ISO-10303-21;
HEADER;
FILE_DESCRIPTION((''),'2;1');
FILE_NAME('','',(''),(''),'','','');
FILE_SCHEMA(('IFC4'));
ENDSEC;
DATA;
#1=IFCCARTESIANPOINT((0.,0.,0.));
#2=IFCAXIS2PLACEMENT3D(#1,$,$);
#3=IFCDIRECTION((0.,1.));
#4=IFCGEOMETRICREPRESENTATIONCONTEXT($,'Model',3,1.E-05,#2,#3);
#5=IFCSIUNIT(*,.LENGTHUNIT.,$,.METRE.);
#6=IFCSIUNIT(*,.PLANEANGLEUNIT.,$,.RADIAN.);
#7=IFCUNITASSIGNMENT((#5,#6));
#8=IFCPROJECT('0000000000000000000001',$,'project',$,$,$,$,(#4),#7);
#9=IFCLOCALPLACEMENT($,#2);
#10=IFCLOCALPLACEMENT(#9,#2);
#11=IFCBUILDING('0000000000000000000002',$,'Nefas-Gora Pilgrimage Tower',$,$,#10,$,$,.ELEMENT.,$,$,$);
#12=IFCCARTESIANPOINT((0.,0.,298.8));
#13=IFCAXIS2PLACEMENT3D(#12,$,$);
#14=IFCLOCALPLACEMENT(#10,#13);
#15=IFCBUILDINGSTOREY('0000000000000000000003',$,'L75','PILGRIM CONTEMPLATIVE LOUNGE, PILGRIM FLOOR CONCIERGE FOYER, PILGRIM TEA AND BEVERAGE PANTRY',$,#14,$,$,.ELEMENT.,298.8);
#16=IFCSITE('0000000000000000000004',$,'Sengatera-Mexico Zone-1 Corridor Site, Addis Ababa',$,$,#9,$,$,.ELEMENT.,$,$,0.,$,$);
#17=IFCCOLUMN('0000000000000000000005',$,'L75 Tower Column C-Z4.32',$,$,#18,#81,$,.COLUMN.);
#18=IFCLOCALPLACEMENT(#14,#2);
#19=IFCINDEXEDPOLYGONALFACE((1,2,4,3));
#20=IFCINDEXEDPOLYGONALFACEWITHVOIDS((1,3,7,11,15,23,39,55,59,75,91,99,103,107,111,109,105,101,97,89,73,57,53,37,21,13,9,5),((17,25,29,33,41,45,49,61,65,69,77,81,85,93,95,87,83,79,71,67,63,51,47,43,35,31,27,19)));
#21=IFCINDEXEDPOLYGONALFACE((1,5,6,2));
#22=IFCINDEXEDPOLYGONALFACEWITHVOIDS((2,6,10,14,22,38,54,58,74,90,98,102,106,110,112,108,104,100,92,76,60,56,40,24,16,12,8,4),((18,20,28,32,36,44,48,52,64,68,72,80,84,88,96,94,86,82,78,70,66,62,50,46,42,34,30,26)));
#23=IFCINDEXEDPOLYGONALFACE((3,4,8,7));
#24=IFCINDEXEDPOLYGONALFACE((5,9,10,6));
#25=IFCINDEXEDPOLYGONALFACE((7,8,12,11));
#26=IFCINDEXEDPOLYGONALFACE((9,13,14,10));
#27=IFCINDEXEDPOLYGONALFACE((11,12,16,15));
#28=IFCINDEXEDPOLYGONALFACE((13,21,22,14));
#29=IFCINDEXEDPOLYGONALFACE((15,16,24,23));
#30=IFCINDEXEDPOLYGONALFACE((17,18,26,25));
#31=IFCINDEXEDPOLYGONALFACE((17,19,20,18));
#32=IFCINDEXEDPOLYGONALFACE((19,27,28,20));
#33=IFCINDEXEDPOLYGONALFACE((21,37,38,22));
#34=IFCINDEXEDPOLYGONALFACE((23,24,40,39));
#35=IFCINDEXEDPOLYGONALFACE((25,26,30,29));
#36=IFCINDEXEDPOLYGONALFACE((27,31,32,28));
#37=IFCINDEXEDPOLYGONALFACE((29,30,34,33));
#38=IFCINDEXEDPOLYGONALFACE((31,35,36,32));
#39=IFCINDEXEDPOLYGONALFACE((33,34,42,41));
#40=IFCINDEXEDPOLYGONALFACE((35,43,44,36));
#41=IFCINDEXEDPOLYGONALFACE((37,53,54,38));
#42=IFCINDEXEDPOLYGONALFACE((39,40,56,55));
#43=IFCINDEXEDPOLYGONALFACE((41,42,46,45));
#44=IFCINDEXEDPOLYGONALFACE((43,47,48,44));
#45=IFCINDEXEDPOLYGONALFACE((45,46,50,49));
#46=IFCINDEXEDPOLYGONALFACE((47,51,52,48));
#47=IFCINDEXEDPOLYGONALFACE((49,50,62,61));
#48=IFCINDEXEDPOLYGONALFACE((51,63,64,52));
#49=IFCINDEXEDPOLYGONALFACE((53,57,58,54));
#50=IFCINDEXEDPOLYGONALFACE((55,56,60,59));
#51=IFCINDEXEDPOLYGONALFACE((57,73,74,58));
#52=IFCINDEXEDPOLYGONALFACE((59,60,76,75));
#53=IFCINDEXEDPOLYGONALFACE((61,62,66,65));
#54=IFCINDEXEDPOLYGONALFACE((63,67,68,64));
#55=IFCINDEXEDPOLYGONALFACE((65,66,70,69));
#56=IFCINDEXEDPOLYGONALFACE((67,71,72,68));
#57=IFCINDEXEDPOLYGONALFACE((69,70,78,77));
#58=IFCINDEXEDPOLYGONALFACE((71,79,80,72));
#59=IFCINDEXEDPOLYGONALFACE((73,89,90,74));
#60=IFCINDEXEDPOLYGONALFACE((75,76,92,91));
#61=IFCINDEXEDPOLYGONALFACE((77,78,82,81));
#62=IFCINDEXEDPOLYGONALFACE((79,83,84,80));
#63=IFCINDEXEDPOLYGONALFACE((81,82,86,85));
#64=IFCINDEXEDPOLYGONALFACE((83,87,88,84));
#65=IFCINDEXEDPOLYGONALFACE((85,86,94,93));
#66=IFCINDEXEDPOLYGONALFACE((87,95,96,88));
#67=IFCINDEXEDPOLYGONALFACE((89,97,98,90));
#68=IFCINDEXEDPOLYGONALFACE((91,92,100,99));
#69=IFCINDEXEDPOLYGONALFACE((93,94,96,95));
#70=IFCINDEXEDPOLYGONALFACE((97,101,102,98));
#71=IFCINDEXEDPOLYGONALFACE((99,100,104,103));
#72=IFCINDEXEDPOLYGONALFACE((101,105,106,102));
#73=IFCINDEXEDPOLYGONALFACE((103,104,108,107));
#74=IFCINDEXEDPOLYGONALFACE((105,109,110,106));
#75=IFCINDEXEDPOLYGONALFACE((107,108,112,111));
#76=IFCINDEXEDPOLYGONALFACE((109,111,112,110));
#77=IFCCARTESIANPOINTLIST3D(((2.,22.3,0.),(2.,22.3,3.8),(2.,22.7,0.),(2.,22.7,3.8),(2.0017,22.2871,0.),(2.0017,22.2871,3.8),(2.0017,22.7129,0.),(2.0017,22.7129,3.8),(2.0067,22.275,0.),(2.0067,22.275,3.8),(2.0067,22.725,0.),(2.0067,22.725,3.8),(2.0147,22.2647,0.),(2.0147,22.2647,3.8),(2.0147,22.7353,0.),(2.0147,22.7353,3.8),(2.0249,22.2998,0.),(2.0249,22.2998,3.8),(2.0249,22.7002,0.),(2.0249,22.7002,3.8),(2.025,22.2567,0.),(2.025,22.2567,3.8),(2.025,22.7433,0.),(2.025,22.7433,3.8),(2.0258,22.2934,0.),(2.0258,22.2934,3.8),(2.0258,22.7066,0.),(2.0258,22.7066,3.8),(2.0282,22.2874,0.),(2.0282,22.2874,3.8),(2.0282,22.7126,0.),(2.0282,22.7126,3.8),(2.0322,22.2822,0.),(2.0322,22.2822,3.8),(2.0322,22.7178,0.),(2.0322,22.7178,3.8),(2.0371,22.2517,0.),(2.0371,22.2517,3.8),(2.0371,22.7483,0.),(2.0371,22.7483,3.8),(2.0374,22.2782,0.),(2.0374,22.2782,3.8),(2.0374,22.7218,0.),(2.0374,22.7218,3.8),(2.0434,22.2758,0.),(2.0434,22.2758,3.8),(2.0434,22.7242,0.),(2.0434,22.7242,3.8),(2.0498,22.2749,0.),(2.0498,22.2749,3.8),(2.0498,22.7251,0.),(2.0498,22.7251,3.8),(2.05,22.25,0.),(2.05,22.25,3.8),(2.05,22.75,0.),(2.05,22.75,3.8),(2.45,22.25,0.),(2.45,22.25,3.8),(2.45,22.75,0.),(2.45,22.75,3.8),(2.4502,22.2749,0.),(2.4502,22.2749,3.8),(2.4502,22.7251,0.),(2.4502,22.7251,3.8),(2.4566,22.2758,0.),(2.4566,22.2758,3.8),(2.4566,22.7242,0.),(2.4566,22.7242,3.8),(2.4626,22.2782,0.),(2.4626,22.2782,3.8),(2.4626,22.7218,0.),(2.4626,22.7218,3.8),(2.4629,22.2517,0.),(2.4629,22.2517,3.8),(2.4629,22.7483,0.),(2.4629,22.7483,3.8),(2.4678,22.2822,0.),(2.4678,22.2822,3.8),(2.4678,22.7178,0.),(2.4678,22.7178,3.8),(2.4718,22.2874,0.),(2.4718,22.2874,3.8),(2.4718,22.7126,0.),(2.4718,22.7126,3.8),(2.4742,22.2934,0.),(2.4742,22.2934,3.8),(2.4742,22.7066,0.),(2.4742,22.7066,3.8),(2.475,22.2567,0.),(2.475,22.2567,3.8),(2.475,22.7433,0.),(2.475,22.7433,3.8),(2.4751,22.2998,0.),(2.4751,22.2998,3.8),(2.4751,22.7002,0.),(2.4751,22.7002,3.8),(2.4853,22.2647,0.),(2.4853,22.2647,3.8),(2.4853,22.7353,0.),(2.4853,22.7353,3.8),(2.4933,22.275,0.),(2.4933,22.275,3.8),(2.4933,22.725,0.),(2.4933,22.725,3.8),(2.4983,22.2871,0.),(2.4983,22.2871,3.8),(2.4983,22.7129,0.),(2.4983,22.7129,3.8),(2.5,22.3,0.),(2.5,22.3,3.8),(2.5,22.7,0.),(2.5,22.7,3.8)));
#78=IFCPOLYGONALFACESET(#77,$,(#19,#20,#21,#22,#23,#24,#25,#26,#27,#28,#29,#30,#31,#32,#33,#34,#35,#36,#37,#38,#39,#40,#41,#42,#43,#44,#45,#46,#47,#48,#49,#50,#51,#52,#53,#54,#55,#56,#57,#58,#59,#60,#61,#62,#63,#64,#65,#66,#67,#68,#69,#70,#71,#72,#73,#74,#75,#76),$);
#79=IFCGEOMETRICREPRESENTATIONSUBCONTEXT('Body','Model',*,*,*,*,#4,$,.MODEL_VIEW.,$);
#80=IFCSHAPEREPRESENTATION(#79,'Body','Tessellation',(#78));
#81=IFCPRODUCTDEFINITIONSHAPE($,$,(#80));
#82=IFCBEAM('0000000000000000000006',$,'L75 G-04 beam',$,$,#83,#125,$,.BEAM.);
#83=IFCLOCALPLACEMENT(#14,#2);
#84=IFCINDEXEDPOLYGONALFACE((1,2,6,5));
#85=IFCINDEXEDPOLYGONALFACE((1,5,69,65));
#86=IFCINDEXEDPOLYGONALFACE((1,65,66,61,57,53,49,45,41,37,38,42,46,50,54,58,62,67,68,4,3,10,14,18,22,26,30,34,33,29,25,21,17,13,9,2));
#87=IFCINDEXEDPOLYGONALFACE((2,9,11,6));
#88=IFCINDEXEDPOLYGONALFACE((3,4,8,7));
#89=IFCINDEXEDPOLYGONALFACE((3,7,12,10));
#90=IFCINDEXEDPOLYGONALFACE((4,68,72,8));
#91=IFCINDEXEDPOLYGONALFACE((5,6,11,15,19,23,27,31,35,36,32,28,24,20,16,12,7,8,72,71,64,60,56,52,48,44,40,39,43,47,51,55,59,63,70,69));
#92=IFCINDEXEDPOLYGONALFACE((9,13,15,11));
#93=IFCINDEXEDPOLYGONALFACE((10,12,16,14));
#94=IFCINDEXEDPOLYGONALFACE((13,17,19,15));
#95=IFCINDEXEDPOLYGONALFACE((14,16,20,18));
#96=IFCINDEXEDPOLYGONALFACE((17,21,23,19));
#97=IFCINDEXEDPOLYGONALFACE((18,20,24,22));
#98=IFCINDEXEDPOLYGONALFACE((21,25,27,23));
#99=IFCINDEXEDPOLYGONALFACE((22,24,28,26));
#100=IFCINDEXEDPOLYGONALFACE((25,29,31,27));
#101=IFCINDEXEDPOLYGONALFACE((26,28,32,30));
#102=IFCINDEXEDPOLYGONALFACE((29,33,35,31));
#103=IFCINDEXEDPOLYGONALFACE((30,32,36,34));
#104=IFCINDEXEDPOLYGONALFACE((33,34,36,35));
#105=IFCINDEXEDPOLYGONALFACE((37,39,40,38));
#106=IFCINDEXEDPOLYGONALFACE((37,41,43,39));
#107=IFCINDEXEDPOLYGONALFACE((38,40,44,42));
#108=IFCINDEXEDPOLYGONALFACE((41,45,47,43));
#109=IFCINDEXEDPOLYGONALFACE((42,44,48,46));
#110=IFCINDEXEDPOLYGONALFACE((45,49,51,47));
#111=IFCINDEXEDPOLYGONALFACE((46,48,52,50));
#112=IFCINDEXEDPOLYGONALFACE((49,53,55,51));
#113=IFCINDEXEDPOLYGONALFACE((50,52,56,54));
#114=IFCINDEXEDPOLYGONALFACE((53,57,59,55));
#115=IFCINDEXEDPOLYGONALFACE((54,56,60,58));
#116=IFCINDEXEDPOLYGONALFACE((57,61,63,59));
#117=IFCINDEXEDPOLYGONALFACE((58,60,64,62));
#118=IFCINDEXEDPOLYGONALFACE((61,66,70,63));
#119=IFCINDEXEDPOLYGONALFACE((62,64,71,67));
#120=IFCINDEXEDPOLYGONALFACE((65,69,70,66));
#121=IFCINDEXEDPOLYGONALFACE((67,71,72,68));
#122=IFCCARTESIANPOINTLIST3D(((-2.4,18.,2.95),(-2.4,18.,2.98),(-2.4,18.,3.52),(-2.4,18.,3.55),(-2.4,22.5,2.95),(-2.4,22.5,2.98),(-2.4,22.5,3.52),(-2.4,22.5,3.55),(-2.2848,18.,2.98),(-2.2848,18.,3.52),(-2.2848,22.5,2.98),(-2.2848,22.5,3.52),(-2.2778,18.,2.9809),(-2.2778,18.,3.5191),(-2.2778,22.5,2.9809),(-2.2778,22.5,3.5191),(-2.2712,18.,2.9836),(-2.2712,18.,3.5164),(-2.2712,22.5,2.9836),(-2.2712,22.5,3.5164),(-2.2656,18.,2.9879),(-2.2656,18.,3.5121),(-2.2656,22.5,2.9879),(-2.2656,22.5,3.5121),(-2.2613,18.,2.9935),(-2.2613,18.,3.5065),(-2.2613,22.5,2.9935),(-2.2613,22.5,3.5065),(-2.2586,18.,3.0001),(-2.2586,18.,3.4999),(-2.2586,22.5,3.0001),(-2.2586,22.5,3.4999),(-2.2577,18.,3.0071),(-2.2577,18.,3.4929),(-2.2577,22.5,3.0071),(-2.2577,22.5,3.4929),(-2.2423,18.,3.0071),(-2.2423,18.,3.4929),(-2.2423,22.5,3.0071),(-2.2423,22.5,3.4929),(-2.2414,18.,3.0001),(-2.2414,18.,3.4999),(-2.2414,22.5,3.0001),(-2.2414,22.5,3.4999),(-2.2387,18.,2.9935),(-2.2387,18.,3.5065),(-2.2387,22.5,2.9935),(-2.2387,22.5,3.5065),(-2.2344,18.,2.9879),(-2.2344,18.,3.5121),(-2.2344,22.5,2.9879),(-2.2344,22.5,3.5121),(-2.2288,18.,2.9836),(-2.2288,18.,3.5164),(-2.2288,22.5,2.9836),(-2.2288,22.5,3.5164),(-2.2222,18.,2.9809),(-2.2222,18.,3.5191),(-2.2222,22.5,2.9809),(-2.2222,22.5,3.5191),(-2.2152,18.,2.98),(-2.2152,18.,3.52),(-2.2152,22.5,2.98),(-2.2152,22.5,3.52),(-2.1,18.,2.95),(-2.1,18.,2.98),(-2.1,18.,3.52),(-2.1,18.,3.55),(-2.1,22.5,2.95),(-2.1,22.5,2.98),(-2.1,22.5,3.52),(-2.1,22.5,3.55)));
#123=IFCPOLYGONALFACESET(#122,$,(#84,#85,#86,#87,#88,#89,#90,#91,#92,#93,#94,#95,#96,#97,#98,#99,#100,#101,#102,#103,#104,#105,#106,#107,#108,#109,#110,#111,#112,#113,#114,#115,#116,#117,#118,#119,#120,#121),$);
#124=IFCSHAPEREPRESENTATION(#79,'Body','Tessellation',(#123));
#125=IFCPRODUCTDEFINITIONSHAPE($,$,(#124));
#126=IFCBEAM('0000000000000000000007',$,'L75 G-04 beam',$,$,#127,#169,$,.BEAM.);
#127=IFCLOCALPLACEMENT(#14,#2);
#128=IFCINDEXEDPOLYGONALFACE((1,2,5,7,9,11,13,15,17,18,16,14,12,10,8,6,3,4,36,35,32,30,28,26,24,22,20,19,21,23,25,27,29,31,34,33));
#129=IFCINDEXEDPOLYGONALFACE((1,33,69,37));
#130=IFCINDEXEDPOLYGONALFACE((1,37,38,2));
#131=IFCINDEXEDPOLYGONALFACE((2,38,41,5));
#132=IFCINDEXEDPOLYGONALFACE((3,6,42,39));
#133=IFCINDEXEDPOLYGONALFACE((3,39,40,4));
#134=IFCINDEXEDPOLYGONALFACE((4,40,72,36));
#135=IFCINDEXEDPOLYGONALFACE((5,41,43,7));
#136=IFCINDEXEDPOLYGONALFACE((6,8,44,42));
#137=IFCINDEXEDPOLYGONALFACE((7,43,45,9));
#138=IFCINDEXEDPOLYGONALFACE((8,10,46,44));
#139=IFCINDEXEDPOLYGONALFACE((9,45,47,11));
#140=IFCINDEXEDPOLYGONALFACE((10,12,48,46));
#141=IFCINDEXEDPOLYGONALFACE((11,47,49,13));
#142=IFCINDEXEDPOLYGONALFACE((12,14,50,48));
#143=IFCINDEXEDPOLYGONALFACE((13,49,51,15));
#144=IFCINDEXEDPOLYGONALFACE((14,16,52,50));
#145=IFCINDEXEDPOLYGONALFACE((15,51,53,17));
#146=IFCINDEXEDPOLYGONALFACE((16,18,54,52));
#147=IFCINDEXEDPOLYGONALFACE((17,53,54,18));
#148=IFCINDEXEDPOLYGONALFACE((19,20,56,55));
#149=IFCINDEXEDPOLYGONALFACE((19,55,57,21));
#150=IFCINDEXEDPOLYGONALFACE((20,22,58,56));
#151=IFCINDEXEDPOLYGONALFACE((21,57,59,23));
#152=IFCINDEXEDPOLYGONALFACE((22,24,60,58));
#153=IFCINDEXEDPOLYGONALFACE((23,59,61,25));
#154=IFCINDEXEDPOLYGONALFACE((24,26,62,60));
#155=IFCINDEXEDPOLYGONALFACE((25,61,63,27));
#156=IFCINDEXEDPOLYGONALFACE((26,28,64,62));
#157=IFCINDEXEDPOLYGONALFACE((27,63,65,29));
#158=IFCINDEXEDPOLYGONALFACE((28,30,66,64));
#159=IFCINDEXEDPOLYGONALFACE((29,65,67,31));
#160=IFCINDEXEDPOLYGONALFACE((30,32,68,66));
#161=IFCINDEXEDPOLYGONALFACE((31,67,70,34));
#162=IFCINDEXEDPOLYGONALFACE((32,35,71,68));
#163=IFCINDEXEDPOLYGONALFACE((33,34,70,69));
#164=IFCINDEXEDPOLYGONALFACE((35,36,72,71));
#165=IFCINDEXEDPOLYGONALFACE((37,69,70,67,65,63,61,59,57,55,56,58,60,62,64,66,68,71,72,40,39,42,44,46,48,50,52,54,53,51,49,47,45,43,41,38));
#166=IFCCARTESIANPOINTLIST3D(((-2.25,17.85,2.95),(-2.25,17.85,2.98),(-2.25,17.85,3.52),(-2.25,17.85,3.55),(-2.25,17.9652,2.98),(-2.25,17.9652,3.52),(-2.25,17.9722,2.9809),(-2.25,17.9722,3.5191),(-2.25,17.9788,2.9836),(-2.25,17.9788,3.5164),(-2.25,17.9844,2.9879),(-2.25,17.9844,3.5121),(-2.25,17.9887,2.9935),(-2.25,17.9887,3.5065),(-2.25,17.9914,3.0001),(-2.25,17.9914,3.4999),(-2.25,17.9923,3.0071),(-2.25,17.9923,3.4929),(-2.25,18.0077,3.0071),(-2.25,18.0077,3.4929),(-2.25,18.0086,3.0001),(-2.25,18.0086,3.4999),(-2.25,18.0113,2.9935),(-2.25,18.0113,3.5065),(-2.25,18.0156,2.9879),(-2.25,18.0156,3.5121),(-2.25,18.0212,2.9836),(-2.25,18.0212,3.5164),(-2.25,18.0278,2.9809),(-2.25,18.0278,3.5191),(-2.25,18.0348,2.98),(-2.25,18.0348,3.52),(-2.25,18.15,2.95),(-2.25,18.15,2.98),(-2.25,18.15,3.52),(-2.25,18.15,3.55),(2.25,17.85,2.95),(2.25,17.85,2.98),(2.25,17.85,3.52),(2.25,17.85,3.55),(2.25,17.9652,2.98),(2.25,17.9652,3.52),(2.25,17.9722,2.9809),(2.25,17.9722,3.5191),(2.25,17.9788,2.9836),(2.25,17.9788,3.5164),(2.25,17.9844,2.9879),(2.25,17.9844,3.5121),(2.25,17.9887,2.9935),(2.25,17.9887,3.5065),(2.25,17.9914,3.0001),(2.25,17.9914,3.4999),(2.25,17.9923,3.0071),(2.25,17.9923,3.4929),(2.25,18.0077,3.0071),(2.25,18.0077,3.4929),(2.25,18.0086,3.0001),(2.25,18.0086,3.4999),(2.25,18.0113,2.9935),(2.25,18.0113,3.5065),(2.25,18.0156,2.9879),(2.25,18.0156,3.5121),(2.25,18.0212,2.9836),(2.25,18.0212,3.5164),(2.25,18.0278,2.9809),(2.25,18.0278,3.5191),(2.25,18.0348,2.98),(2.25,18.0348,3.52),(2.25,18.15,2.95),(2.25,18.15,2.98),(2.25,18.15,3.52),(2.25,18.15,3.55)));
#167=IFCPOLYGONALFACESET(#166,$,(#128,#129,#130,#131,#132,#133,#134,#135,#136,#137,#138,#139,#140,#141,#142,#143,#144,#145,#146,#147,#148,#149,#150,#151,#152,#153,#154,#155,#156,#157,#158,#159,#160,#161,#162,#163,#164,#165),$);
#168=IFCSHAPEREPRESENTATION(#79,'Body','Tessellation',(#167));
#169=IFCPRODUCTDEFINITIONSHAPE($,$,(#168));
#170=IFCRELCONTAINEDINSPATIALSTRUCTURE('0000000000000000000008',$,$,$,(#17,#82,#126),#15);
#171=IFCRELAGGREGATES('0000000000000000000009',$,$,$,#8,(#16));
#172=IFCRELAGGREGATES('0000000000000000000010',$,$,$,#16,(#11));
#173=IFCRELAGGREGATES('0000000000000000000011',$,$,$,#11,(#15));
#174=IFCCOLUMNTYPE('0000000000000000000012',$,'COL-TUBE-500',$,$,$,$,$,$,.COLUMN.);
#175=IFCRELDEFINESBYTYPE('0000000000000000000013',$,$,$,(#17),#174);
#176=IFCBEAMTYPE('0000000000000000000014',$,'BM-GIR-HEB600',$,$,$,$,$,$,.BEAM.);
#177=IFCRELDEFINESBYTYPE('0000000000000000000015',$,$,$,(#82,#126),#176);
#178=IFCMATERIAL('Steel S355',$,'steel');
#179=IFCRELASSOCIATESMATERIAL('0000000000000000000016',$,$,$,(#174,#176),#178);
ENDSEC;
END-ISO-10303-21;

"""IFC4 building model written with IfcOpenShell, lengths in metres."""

from ifc_helpers import new_model, si_unit, direction, frame, origin, origin_2d, place, context, subcontext, project, spatial, hollow_rectangle, i_section, extrude, source, transform, mapped, material, material_profile, profile_set, type_object, element, save


model = new_model("IFC4")

# Units and contexts
model_context = context("Model", 3, precision=1e-05, world=origin(), true_north=direction((0.0, 1.0)))
body_context = subcontext(model_context, "Body", "Model", "MODEL_VIEW")
ifc_project = project(units=[si_unit("LENGTHUNIT", "METRE"), si_unit("PLANEANGLEUNIT", "RADIAN")], contexts=[model_context])

# Site, building, storey
site_placement = place(None, origin())
site = spatial("IfcSite", under=ifc_project, at=site_placement, Name="Sengatera-Mexico Zone-1 Corridor Site, Addis Ababa", CompositionType="ELEMENT", RefElevation=0.0)
building_placement = place(site_placement, origin())
building = spatial("IfcBuilding", under=site, at=building_placement, Name="Nefas-Gora Pilgrimage Tower", CompositionType="ELEMENT")
storey_placement = place(building_placement, frame((0.0, 0.0, 298.8)))
storey = spatial("IfcBuildingStorey", under=building, at=storey_placement, Name="L75", Description="PILGRIM CONTEMPLATIVE LOUNGE, PILGRIM FLOOR CONCIERGE FOYER, PILGRIM TEA AND BEVERAGE PANTRY", CompositionType="ELEMENT", Elevation=298.8)

# Column
ifc_material_1 = material(Name="Steel S355", Category="steel")
ifc_material_profile_1 = material_profile(ifc_material_1, hollow_rectangle(XDim=0.5, YDim=0.5, WallThickness=0.0249, InnerFilletRadius=0.0249, OuterFilletRadius=0.05, at=origin_2d()), Name="SHS 500x500x25")
ifc_profile_set_1 = profile_set([ifc_material_profile_1], Name="Steel S355")
column_type_1 = type_object("IfcColumnType", Name="COL-TUBE-500", PredefinedType="COLUMN", material=ifc_profile_set_1)
shared_shape_1 = source(origin(), body_context, "Body", "SweptSolid", [
    extrude(hollow_rectangle(XDim=0.5, YDim=0.5, WallThickness=0.0249, InnerFilletRadius=0.0249, OuterFilletRadius=0.05, at=origin_2d()), origin(), (0.0, 0.0, 1.0), 3.8),
])
column_placement = place(storey_placement, frame((2.25, 22.5, 0.0), z_axis=(0.0, 0.0, 1.0), x_axis=(1.0, 0.0, 0.0)))
element("IfcColumn", 1, at=column_placement, inside=storey, type_object=column_type_1, Name="L75 Tower Column C-Z4.32", PredefinedType="COLUMN", context=body_context, shape_type="MappedRepresentation", body=[
    mapped(shared_shape_1, transform((0.0, 0.0, 0.0), x_axis=(1.0, 0.0, 0.0), y_axis=(0.0, 1.0, 0.0), z_axis=(0.0, 0.0, 1.0), scale=1.0)),
])

# Beams
ifc_material_profile_2 = material_profile(ifc_material_1, i_section(OverallWidth=0.3, OverallDepth=0.6001, WebThickness=0.0154, FlangeThickness=0.03, FilletRadius=0.0271, at=origin_2d()), Name="HEB 600")
ifc_profile_set_2 = profile_set([ifc_material_profile_2], Name="Steel S355")
beam_type = type_object("IfcBeamType", Name="BM-GIR-HEB600", PredefinedType="BEAM", material=ifc_profile_set_2)
shared_shape_2 = source(origin(), body_context, "Body", "SweptSolid", [
    extrude(i_section(OverallWidth=0.3, OverallDepth=0.6001, WebThickness=0.0154, FlangeThickness=0.03, FilletRadius=0.0271, at=origin_2d()), origin(), (0.0, 0.0, 1.0), 4.5),
])
for number, where, z_axis, x_axis, name in (
    (2, (-2.25, 18.0, 3.25), (0.0, 1.0, 0.0), (-1.0, 0.0, 0.0), "L75 G-04 beam"),
    (3, (-2.25, 18.0, 3.25), (1.0, 0.0, 0.0), (0.0, 1.0, 0.0), "L75 G-04 beam"),
):
    element("IfcBeam", number, at=place(storey_placement, frame(where, z_axis=z_axis, x_axis=x_axis)), inside=storey, type_object=beam_type, Name=name, PredefinedType="BEAM", context=body_context, shape_type="MappedRepresentation", body=[
        mapped(shared_shape_2, transform((0.0, 0.0, 0.0), x_axis=(1.0, 0.0, 0.0), y_axis=(0.0, 1.0, 0.0), z_axis=(0.0, 0.0, 1.0), scale=1.0)),
    ])

save(model, "model.ifc")
